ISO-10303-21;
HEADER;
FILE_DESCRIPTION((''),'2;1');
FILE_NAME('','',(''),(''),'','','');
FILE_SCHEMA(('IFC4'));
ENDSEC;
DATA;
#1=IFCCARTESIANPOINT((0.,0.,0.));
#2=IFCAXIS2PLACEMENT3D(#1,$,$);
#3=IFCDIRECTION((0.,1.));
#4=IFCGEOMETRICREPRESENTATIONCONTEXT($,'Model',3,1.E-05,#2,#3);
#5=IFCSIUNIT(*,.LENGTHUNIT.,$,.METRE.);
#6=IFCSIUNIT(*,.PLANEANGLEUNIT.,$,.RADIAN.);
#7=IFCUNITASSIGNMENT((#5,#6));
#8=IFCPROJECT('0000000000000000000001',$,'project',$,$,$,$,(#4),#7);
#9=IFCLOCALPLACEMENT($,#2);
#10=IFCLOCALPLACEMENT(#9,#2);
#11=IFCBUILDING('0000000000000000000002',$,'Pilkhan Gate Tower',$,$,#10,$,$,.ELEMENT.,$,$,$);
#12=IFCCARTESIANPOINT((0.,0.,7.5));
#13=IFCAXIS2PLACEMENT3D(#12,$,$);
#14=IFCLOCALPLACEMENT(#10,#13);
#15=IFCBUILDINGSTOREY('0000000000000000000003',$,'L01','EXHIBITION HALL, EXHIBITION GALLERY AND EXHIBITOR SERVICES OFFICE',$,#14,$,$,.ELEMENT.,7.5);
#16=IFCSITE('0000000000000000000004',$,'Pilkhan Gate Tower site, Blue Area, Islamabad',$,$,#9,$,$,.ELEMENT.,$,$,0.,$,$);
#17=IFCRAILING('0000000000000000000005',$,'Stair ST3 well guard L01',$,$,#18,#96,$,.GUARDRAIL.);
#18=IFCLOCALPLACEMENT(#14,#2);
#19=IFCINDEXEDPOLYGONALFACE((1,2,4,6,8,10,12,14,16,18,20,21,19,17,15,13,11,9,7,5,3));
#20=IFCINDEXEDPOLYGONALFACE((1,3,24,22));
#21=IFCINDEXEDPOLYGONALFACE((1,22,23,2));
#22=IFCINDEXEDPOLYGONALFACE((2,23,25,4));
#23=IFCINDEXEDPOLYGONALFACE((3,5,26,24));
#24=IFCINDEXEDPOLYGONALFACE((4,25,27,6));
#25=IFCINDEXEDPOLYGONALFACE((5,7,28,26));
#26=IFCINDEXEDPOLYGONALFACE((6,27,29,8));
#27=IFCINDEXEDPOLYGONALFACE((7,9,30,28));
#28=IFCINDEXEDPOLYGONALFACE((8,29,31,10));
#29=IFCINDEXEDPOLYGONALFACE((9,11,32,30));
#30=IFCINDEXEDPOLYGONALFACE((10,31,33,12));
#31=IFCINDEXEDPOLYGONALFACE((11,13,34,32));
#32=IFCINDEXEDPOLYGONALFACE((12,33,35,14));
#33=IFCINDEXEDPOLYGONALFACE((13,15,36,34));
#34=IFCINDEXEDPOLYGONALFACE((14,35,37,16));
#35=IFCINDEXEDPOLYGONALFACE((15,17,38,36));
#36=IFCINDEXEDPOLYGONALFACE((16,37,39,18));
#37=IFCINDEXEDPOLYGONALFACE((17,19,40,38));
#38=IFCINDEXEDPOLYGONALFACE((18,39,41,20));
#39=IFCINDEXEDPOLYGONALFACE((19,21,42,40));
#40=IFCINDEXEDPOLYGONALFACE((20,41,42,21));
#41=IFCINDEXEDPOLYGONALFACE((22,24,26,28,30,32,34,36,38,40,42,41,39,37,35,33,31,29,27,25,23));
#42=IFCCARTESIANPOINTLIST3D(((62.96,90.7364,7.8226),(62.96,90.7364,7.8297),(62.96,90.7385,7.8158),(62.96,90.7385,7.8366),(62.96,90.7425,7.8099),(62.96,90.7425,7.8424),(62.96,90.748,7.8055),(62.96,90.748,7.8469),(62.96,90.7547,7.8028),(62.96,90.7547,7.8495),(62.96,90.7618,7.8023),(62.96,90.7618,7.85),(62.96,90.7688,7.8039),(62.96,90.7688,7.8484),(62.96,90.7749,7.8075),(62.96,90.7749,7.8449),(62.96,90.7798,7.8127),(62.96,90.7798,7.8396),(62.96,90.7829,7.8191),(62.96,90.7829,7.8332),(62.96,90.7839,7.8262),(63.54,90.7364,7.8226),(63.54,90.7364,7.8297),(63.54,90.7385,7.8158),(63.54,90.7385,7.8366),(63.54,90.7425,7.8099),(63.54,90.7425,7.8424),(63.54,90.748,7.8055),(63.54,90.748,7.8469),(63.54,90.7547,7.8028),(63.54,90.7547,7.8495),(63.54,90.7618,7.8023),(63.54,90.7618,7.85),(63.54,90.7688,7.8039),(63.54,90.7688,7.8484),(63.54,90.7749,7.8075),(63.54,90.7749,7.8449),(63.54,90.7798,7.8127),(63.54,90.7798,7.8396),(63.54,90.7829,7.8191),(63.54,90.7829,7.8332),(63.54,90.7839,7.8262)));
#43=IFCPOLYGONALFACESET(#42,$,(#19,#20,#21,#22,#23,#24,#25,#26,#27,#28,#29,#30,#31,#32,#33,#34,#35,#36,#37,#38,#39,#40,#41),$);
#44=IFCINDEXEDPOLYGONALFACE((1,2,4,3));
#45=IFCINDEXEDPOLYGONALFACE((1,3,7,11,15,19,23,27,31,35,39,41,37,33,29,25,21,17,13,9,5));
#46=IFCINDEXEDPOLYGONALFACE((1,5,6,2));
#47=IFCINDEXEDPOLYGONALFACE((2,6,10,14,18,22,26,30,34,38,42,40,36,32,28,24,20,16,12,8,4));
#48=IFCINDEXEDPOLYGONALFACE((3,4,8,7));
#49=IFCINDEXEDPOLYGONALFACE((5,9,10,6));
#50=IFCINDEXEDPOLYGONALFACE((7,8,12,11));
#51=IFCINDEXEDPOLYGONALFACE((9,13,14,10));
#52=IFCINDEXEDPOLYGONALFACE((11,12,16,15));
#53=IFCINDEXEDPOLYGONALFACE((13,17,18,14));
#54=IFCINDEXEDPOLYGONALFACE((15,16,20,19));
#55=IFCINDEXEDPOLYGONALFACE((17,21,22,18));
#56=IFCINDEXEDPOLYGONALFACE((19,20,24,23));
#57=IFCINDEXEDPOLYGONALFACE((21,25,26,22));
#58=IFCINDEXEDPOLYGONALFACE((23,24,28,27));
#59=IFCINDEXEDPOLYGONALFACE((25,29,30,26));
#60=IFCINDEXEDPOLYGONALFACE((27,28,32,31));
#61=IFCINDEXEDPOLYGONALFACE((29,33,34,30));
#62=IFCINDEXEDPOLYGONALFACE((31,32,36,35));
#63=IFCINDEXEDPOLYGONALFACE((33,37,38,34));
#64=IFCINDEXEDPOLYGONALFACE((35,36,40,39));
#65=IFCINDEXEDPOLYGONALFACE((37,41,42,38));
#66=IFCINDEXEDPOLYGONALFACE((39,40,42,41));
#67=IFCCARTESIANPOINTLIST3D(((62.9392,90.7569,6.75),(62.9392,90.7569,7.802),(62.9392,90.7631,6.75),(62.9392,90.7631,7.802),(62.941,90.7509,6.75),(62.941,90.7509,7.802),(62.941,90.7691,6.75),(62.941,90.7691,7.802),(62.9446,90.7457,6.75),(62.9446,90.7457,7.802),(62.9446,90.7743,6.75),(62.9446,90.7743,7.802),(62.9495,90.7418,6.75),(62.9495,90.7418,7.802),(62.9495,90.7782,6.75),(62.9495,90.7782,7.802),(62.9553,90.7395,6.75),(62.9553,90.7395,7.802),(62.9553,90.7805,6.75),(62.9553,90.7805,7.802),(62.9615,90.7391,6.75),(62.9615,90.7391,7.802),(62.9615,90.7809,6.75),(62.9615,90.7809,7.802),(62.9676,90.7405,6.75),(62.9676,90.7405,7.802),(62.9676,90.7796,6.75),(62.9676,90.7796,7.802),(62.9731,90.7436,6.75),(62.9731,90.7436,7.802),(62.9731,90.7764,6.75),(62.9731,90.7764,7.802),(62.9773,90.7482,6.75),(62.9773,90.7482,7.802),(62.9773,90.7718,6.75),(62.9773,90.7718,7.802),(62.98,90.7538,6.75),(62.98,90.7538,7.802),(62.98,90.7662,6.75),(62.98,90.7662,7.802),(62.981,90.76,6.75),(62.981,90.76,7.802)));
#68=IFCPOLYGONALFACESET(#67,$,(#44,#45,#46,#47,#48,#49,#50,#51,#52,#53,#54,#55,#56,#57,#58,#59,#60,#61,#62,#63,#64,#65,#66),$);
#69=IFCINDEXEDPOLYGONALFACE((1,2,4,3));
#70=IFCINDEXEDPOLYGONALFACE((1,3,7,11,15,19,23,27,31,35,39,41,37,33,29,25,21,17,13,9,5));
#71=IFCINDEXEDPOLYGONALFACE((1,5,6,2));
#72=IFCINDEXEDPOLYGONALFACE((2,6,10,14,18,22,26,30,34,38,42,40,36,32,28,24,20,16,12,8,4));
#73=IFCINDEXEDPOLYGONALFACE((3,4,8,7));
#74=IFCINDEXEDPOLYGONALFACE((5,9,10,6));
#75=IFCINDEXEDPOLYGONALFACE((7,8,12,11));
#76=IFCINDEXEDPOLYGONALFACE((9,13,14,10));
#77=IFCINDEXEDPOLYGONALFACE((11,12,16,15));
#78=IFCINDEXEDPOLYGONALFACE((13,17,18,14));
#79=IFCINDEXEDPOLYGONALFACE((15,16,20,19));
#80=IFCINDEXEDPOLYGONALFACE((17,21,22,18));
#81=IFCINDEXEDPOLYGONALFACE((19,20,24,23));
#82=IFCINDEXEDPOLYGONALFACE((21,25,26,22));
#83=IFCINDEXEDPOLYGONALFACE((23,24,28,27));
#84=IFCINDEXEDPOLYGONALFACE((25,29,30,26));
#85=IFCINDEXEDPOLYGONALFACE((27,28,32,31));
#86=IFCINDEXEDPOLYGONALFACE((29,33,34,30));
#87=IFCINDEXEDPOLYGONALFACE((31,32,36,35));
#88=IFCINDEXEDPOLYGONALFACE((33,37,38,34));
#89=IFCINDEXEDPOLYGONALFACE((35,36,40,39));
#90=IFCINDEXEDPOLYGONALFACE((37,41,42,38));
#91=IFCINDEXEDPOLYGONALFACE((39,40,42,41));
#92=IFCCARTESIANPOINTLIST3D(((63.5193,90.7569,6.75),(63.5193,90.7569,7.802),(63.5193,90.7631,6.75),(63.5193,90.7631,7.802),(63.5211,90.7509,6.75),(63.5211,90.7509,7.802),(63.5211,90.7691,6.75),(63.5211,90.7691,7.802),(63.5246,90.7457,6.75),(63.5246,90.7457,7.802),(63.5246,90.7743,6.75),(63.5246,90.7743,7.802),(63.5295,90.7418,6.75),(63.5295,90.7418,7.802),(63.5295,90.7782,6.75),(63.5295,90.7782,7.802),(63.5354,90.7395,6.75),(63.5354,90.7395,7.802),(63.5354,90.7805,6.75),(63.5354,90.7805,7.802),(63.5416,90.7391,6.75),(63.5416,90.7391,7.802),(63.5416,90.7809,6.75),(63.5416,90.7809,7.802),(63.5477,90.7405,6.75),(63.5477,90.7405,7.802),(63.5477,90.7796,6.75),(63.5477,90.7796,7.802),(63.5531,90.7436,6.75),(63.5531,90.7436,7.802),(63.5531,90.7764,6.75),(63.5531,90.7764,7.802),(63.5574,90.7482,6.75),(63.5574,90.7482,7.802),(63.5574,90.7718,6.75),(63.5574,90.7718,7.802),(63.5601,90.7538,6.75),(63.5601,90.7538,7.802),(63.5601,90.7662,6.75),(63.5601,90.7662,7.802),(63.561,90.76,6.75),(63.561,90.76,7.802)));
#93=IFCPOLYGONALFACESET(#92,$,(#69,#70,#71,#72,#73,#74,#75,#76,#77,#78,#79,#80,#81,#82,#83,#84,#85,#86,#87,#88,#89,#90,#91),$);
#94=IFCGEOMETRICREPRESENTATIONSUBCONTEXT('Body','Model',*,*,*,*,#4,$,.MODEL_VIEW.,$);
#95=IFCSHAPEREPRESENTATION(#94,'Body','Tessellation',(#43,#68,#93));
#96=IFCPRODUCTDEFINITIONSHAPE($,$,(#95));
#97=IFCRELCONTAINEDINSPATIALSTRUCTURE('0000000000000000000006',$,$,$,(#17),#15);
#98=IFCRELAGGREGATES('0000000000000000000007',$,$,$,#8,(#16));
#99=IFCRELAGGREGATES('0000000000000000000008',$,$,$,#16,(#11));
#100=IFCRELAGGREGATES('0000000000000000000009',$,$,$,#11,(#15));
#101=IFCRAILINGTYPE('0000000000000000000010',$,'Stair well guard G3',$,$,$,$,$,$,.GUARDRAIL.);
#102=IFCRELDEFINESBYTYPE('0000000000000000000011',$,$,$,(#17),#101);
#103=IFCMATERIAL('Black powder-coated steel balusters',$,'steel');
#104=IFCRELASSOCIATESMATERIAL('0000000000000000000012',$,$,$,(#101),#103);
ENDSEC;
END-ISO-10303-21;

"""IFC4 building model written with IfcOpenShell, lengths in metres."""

from ifc_helpers import new_model, si_unit, direction, frame, origin, origin_2d, place, context, subcontext, project, spatial, circle, extrude, material, type_object, element, save


model = new_model("IFC4")

# Units and contexts
model_context = context("Model", 3, precision=1e-05, world=origin(), true_north=direction((0.0, 1.0)))
body_context = subcontext(model_context, "Body", "Model", "MODEL_VIEW")
ifc_project = project(units=[si_unit("LENGTHUNIT", "METRE"), si_unit("PLANEANGLEUNIT", "RADIAN")], contexts=[model_context])

# Site, building, storey
site_placement = place(None, origin())
site = spatial("IfcSite", under=ifc_project, at=site_placement, Name="Pilkhan Gate Tower site, Blue Area, Islamabad", CompositionType="ELEMENT", RefElevation=0.0)
building_placement = place(site_placement, origin())
building = spatial("IfcBuilding", under=site, at=building_placement, Name="Pilkhan Gate Tower", CompositionType="ELEMENT")
storey_placement = place(building_placement, frame((0.0, 0.0, 7.5)))
storey = spatial("IfcBuildingStorey", under=building, at=storey_placement, Name="L01", Description="EXHIBITION HALL, EXHIBITION GALLERY AND EXHIBITOR SERVICES OFFICE", CompositionType="ELEMENT", Elevation=7.5)

# Railing
ifc_material_1 = material(Name="Black powder-coated steel balusters", Category="steel")
railing_type_1 = type_object("IfcRailingType", Name="Stair well guard G3", PredefinedType="GUARDRAIL", material=ifc_material_1)
for number, where, name in (
    (1, (62.96, 90.76, 6.75), "Stair ST3 well guard L01"),
):
    element("IfcRailing", number, at=place(storey_placement, frame(where)), inside=storey, type_object=railing_type_1, Name=name, PredefinedType="GUARDRAIL", context=body_context, shape_type="SweptSolid", body=[
        extrude(circle(Radius=0.0239, at=origin_2d()), frame((0.0, 0.0, 1.0762), z_axis=(1.0, 0.0, 0.0), x_axis=(0.0, 1.0, 0.0)), (0.0, 0.0, 1.0), 0.5801),
        extrude(circle(Radius=0.021, at=origin_2d()), origin(), (0.0, 0.0, 1.0), 1.052),
        extrude(circle(Radius=0.021, at=origin_2d()), frame((0.5801, 0.0, 0.0)), (0.0, 0.0, 1.0), 1.052),
    ])

save(model, "model.ifc")
